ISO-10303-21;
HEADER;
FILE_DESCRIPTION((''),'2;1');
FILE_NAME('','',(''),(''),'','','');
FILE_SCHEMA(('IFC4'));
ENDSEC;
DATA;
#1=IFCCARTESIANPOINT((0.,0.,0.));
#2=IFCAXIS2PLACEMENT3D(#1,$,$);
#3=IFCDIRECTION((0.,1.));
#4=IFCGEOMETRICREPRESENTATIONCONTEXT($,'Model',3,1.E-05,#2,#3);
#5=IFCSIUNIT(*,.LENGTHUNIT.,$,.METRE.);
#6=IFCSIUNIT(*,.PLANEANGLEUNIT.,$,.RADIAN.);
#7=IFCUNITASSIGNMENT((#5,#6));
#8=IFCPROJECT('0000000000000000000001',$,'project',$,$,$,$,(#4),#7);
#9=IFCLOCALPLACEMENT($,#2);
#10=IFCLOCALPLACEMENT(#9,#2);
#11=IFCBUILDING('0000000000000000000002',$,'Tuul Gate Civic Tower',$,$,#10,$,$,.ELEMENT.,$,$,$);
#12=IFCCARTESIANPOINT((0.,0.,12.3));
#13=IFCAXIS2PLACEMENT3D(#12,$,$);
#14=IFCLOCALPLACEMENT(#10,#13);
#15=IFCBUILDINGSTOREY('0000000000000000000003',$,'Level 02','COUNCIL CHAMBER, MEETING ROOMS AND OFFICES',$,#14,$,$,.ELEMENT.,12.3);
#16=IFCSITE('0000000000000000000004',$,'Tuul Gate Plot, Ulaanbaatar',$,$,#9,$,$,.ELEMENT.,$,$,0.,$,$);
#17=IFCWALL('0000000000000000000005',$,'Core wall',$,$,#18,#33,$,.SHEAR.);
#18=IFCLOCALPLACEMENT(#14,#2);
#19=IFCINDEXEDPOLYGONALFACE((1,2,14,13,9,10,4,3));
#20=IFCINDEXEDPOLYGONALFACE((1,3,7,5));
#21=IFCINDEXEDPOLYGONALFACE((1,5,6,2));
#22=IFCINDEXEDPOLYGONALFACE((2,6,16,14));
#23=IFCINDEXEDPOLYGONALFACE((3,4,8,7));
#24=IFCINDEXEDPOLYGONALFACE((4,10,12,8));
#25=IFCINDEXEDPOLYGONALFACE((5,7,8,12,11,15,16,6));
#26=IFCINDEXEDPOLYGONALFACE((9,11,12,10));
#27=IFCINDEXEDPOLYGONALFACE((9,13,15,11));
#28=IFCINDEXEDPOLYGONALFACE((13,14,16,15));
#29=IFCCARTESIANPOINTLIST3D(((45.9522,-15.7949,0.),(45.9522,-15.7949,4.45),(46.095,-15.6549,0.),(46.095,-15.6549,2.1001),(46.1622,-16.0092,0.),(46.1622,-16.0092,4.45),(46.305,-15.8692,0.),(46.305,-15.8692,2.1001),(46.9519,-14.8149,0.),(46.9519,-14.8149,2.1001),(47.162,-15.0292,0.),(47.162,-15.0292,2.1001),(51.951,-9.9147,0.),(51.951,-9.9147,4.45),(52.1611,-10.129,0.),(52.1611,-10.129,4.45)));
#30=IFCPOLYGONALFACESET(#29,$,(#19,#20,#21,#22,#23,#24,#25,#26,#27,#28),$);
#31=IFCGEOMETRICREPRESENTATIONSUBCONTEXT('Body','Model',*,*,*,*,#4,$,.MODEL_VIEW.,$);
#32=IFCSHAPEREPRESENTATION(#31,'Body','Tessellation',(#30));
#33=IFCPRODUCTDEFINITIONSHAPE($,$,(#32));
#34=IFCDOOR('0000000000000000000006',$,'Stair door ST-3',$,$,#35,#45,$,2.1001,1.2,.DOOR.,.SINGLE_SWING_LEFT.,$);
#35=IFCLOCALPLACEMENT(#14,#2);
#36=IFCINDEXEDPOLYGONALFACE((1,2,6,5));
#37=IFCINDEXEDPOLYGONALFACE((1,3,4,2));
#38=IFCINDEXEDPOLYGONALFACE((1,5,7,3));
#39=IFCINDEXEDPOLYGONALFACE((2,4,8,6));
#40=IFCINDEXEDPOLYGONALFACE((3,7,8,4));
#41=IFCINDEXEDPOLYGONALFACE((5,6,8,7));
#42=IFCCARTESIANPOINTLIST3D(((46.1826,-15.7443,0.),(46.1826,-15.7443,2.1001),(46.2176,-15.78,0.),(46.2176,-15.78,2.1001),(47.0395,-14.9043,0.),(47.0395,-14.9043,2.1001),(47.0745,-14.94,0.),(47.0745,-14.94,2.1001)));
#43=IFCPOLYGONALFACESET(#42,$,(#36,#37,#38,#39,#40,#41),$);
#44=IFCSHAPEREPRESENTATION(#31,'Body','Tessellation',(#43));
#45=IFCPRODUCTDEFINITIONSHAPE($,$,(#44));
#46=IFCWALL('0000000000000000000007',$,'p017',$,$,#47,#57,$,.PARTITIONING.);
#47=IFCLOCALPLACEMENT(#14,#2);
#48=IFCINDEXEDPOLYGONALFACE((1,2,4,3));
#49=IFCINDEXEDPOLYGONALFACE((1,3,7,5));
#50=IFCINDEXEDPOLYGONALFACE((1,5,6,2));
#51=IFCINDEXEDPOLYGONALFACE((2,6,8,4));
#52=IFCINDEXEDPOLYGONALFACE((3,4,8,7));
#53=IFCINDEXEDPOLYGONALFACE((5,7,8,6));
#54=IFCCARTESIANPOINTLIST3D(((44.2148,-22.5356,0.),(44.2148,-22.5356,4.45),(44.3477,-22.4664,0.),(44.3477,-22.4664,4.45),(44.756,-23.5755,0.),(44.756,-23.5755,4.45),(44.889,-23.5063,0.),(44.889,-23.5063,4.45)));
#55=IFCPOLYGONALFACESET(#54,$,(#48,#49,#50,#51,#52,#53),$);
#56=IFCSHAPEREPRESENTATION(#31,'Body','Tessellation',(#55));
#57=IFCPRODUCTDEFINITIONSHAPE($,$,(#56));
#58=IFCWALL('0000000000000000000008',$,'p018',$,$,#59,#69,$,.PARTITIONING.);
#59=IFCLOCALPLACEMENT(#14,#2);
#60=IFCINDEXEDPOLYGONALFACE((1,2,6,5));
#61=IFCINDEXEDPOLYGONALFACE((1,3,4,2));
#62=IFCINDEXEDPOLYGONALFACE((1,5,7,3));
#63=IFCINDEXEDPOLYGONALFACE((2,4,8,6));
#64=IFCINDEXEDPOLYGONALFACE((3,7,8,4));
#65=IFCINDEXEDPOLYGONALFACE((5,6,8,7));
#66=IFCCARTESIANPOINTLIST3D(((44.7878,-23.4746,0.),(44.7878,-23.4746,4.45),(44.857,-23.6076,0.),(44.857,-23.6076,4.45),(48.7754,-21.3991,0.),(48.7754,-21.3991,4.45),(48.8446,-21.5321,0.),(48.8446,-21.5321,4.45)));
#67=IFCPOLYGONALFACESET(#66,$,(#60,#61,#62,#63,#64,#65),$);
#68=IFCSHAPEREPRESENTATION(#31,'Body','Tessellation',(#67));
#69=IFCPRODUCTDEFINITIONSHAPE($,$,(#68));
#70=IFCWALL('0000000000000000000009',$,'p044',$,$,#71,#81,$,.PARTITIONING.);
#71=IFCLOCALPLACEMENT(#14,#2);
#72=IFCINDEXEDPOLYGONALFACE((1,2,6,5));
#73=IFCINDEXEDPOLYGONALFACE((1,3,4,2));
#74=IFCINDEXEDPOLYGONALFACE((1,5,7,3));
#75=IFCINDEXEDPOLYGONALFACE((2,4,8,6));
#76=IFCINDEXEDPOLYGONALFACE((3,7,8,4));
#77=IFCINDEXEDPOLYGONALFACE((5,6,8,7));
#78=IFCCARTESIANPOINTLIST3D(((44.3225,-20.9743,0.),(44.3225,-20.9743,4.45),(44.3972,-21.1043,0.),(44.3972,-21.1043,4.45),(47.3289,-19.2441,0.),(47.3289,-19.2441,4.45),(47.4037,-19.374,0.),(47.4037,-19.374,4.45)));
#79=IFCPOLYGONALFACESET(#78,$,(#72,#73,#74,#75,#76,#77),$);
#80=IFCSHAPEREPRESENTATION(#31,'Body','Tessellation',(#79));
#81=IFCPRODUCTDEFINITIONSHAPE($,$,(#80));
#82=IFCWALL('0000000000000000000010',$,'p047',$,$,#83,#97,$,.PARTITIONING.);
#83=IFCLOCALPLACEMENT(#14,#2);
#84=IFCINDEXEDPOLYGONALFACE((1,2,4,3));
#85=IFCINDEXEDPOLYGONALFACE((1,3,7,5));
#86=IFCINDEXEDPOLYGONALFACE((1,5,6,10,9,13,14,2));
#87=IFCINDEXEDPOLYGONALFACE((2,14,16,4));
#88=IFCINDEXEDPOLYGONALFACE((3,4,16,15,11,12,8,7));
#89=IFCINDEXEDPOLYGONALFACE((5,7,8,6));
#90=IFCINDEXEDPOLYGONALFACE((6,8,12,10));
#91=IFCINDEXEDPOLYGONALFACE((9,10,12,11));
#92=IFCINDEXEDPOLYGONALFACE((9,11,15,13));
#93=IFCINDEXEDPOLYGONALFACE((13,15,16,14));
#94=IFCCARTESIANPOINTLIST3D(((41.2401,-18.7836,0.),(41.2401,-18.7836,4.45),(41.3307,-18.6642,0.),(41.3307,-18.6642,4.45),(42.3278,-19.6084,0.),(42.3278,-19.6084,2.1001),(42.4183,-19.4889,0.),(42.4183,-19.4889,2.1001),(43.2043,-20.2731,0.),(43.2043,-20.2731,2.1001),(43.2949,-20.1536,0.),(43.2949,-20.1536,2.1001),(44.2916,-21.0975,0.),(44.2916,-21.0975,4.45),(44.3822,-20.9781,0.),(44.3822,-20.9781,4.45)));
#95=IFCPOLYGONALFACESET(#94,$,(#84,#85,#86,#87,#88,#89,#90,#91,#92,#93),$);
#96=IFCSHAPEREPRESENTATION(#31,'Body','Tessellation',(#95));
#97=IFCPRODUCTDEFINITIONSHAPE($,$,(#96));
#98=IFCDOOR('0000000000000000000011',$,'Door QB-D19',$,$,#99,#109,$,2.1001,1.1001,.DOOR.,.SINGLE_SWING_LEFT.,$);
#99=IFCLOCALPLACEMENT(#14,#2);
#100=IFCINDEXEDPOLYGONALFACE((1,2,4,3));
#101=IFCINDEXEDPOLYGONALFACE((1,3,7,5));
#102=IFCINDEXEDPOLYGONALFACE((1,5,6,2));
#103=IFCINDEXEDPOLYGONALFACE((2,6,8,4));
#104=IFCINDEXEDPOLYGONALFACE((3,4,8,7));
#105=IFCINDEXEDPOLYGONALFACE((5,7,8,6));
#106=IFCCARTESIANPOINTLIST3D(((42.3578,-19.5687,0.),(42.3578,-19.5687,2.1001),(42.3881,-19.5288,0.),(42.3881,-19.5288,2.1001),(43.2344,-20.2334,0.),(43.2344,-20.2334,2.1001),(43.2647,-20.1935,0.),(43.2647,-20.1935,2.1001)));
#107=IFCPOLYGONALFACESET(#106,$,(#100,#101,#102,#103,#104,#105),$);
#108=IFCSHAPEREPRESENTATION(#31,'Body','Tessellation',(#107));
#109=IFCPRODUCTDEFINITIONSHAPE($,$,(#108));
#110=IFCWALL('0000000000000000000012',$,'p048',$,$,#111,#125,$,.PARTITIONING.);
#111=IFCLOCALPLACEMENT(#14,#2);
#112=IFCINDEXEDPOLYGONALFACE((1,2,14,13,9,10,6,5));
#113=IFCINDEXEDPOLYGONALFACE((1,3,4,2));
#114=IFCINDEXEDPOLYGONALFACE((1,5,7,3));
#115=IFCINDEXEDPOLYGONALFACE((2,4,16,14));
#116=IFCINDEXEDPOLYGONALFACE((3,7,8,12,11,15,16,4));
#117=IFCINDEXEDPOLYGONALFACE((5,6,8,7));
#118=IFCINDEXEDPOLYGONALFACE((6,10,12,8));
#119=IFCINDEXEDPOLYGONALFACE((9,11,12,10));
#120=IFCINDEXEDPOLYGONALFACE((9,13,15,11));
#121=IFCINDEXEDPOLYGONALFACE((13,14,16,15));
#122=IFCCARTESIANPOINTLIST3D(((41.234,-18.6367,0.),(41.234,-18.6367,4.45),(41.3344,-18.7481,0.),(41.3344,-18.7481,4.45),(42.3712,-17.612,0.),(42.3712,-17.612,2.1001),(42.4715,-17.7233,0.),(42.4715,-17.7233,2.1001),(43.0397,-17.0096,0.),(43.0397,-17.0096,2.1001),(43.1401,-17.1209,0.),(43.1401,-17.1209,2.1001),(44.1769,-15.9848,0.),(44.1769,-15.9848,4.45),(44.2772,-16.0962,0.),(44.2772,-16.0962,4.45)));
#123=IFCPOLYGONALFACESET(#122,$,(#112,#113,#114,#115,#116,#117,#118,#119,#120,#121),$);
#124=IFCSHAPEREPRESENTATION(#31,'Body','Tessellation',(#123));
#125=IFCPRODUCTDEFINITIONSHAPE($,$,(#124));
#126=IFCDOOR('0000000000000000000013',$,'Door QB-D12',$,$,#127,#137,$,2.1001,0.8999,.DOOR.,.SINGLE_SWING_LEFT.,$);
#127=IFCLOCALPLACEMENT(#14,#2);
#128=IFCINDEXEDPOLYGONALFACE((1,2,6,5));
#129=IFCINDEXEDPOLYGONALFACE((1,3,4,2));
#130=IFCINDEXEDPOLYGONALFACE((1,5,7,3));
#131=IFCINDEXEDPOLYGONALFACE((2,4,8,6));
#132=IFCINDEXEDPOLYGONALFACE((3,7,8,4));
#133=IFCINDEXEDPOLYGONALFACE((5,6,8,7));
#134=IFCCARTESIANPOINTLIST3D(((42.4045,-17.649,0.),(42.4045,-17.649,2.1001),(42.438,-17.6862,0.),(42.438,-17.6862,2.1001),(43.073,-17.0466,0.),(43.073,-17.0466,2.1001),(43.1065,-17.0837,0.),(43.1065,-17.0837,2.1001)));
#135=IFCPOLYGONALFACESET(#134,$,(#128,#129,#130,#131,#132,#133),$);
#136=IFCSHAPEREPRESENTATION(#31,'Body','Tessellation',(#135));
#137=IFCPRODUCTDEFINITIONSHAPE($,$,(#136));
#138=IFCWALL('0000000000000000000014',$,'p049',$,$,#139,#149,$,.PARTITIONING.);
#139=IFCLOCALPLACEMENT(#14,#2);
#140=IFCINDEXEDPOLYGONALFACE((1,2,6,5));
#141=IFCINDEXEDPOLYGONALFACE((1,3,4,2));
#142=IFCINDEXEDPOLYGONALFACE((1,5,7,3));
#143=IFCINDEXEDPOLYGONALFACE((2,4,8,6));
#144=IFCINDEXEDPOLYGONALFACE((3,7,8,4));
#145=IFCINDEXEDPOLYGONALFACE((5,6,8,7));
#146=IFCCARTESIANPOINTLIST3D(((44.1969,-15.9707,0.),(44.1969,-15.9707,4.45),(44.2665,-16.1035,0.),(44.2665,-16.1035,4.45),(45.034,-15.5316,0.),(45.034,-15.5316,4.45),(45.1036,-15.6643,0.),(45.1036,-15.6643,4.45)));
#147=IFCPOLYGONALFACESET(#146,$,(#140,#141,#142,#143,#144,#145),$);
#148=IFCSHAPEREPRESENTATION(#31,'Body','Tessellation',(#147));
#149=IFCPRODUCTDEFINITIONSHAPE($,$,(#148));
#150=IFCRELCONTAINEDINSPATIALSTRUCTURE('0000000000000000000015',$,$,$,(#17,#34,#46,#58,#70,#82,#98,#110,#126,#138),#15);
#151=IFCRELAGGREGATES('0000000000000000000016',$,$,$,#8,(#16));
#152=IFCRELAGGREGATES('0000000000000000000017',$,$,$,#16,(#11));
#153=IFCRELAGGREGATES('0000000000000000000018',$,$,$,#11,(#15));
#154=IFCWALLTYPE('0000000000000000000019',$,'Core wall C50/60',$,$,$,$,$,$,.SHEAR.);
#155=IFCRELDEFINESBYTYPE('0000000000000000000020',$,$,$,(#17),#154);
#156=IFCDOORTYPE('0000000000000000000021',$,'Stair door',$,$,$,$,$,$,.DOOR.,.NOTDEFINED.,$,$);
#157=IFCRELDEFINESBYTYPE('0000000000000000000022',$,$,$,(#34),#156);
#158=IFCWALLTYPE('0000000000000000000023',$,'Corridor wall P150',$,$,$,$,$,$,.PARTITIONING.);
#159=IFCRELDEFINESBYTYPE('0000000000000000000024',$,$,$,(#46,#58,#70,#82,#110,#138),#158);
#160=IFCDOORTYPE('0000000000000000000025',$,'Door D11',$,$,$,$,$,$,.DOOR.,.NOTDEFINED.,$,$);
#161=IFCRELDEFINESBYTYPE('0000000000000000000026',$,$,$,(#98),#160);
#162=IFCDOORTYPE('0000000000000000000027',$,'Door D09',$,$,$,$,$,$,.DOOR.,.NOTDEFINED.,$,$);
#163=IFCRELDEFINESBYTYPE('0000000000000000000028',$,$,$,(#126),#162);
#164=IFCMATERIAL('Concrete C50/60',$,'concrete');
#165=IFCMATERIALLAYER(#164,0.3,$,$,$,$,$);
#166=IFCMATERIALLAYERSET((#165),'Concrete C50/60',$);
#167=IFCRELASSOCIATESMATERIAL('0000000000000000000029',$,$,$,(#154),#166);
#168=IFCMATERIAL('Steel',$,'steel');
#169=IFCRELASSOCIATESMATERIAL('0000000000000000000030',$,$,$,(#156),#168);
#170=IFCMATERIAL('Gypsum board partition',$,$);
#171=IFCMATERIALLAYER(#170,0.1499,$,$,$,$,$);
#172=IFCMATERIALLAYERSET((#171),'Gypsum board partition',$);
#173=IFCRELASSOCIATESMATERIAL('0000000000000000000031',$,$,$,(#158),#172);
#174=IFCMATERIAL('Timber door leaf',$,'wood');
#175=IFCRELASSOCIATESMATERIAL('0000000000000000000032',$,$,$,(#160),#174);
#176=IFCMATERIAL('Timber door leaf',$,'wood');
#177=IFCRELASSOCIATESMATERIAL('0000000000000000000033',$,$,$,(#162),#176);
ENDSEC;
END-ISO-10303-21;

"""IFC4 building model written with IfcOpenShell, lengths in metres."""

from ifc_helpers import new_model, si_unit, direction, frame, frame_2d, origin, place, context, subcontext, project, spatial, rectangle, extrude, material, layer, layer_set, type_object, element, fill, save


model = new_model("IFC4")

# Units and contexts
model_context = context("Model", 3, precision=1e-05, world=origin(), true_north=direction((0.0, 1.0)))
body_context = subcontext(model_context, "Body", "Model", "MODEL_VIEW")
ifc_project = project(units=[si_unit("LENGTHUNIT", "METRE"), si_unit("PLANEANGLEUNIT", "RADIAN")], contexts=[model_context])

# Site, building, storey
site_placement = place(None, origin())
site = spatial("IfcSite", under=ifc_project, at=site_placement, Name="Tuul Gate Plot, Ulaanbaatar", CompositionType="ELEMENT", RefElevation=0.0)
building_placement = place(site_placement, origin())
building = spatial("IfcBuilding", under=site, at=building_placement, Name="Tuul Gate Civic Tower", CompositionType="ELEMENT")
storey_placement = place(building_placement, frame((0.0, 0.0, 12.3)))
storey = spatial("IfcBuildingStorey", under=building, at=storey_placement, Name="Level 02", Description="COUNCIL CHAMBER, MEETING ROOMS AND OFFICES", CompositionType="ELEMENT", Elevation=12.3)

# Wall, opening, door
ifc_material_1 = material(Name="Concrete C50/60", Category="concrete")
ifc_layer_1 = layer(ifc_material_1, 0.3)
ifc_layer_set_1 = layer_set([ifc_layer_1], Name="Concrete C50/60")
wall_type_1 = type_object("IfcWallType", Name="Core wall C50/60", PredefinedType="SHEAR", material=ifc_layer_set_1)
wall_1_placement = place(storey_placement, frame((46.0571, -15.9021, 0.0), z_axis=(0.0, 0.0, 1.0), x_axis=(0.714134, 0.700009, 0.0)))
wall_1 = element("IfcWall", 1, at=wall_1_placement, inside=storey, type_object=wall_type_1, Name="Core wall", PredefinedType="SHEAR", context=body_context, shape_type="SweptSolid", body=[
    extrude(rectangle(XDim=8.4001, YDim=0.3, at=frame_2d((4.2002, 0.0))), origin(), (0.0, 0.0, 1.0), 4.45),
])
opening_1_placement = place(wall_1_placement, frame((0.2, 0.0, 0.0)))
opening_1 = element("IfcOpeningElement", 2, at=opening_1_placement, cuts=wall_1, PredefinedType="OPENING", context=body_context, shape_type="SweptSolid", body=[
    extrude(rectangle(XDim=1.2, YDim=2.1001, at=frame_2d((0.6001, 1.05))), frame((0.0, 0.1602, 0.0), z_axis=(0.0, -1.0, 0.0), x_axis=(1.0, 0.0, 0.0)), (0.0, 0.0, 1.0), 0.3201),
])
ifc_material_2 = material(Name="Steel", Category="steel")
door_type_1 = type_object("IfcDoorType", Name="Stair door", OperationType="NOTDEFINED", PredefinedType="DOOR", material=ifc_material_2)
door_1_placement = place(opening_1_placement, origin())
door_1 = element("IfcDoor", 3, at=door_1_placement, inside=storey, type_object=door_type_1, Name="Stair door ST-3", OperationType="SINGLE_SWING_LEFT", OverallHeight=2.1001, OverallWidth=1.2, PredefinedType="DOOR", context=body_context, shape_type="SweptSolid", body=[
    extrude(rectangle(XDim=1.2, YDim=2.1001, at=frame_2d((0.6001, 1.05))), frame((0.0, 0.0249, 0.0), z_axis=(0.0, -1.0, 0.0), x_axis=(1.0, 0.0, 0.0)), (0.0, 0.0, 1.0), 0.05),
])
fill(opening_1, door_1)

# Walls
ifc_material_3 = material(Name="Gypsum board partition")
ifc_layer_2 = layer(ifc_material_3, 0.1499)
ifc_layer_set_2 = layer_set([ifc_layer_2], Name="Gypsum board partition")
wall_type_2 = type_object("IfcWallType", Name="Corridor wall P150", PredefinedType="PARTITIONING", material=ifc_layer_set_2)
wall_2_placement = place(storey_placement, frame((44.2812, -22.501, 0.0), z_axis=(0.0, 0.0, 1.0), x_axis=(0.461648, -0.887063, 0.0)))
element("IfcWall", 4, at=wall_2_placement, inside=storey, type_object=wall_type_2, Name="p017", PredefinedType="PARTITIONING", context=body_context, shape_type="SweptSolid", body=[
    extrude(rectangle(XDim=1.1724, YDim=0.1499, at=frame_2d((0.5862, 0.0))), origin(), (0.0, 0.0, 1.0), 4.45),
])
wall_3_placement = place(storey_placement, frame((44.8225, -23.541, 0.0), z_axis=(0.0, 0.0, 1.0), x_axis=(0.887042, 0.461688, 0.0)))
element("IfcWall", 5, at=wall_3_placement, inside=storey, type_object=wall_type_2, Name="p018", PredefinedType="PARTITIONING", context=body_context, shape_type="SweptSolid", body=[
    extrude(rectangle(XDim=4.4954, YDim=0.1499, at=frame_2d((2.2476, 0.0))), origin(), (0.0, 0.0, 1.0), 4.45),
])
wall_4_placement = place(storey_placement, frame((44.3599, -21.0393, 0.0), z_axis=(0.0, 0.0, 1.0), x_axis=(0.86671, 0.498812, 0.0)))
element("IfcWall", 6, at=wall_4_placement, inside=storey, type_object=wall_type_2, Name="p044", PredefinedType="PARTITIONING", context=body_context, shape_type="SweptSolid", body=[
    extrude(rectangle(XDim=3.4688, YDim=0.1499, at=frame_2d((1.7344, 0.0))), origin(), (0.0, 0.0, 1.0), 4.45),
])

# Walls, openings, doors
wall_5_placement = place(storey_placement, frame((41.2854, -18.7239, 0.0), z_axis=(0.0, 0.0, 1.0), x_axis=(0.796814, -0.604225, 0.0)))
wall_5 = element("IfcWall", 7, at=wall_5_placement, inside=storey, type_object=wall_type_2, Name="p047", PredefinedType="PARTITIONING", context=body_context, shape_type="SweptSolid", body=[
    extrude(rectangle(XDim=3.8296, YDim=0.1499, at=frame_2d((1.9148, 0.0))), origin(), (0.0, 0.0, 1.0), 4.45),
])
opening_2_placement = place(wall_5_placement, frame((1.365, 0.0, 0.0)))
opening_2 = element("IfcOpeningElement", 8, at=opening_2_placement, cuts=wall_5, PredefinedType="OPENING", context=body_context, shape_type="SweptSolid", body=[
    extrude(rectangle(XDim=1.1001, YDim=2.1001, at=frame_2d((0.55, 1.05))), frame((0.0, 0.085, 0.0), z_axis=(0.0, -1.0, 0.0), x_axis=(1.0, 0.0, 0.0)), (0.0, 0.0, 1.0), 0.1699),
])
ifc_material_4 = material(Name="Timber door leaf", Category="wood")
door_type_2 = type_object("IfcDoorType", Name="Door D11", OperationType="NOTDEFINED", PredefinedType="DOOR", material=ifc_material_4)
door_2_placement = place(opening_2_placement, origin())
door_2 = element("IfcDoor", 9, at=door_2_placement, inside=storey, type_object=door_type_2, Name="Door QB-D19", OperationType="SINGLE_SWING_LEFT", OverallHeight=2.1001, OverallWidth=1.1001, PredefinedType="DOOR", context=body_context, shape_type="SweptSolid", body=[
    extrude(rectangle(XDim=1.1001, YDim=2.1001, at=frame_2d((0.55, 1.05))), frame((0.0, 0.0249, 0.0), z_axis=(0.0, -1.0, 0.0), x_axis=(1.0, 0.0, 0.0)), (0.0, 0.0, 1.0), 0.05),
])
fill(opening_2, door_2)
wall_6_placement = place(storey_placement, frame((41.2842, -18.6924, 0.0), z_axis=(0.0, 0.0, 1.0), x_axis=(0.742883, 0.669421, 0.0)))
wall_6 = element("IfcWall", 10, at=wall_6_placement, inside=storey, type_object=wall_type_2, Name="p048", PredefinedType="PARTITIONING", context=body_context, shape_type="SweptSolid", body=[
    extrude(rectangle(XDim=3.9614, YDim=0.1499, at=frame_2d((1.9807, 0.0))), origin(), (0.0, 0.0, 1.0), 4.45),
])
opening_3_placement = place(wall_6_placement, frame((1.5308, 0.0, 0.0)))
opening_3 = element("IfcOpeningElement", 11, at=opening_3_placement, cuts=wall_6, PredefinedType="OPENING", context=body_context, shape_type="SweptSolid", body=[
    extrude(rectangle(XDim=0.8999, YDim=2.1001, at=frame_2d((0.45, 1.05))), frame((0.0, 0.085, 0.0), z_axis=(0.0, -1.0, 0.0), x_axis=(1.0, 0.0, 0.0)), (0.0, 0.0, 1.0), 0.1699),
])
ifc_material_5 = material(Name="Timber door leaf", Category="wood")
door_type_3 = type_object("IfcDoorType", Name="Door D09", OperationType="NOTDEFINED", PredefinedType="DOOR", material=ifc_material_5)
door_3_placement = place(opening_3_placement, frame((0.8999, 0.0, 0.0), z_axis=(0.0, 0.0, 1.0), x_axis=(-1.0, 0.0, 0.0)))
door_3 = element("IfcDoor", 12, at=door_3_placement, inside=storey, type_object=door_type_3, Name="Door QB-D12", OperationType="SINGLE_SWING_LEFT", OverallHeight=2.1001, OverallWidth=0.8999, PredefinedType="DOOR", context=body_context, shape_type="SweptSolid", body=[
    extrude(rectangle(XDim=0.8999, YDim=2.1001, at=frame_2d((0.45, 1.05))), frame((0.0, 0.0249, 0.0), z_axis=(0.0, -1.0, 0.0), x_axis=(1.0, 0.0, 0.0)), (0.0, 0.0, 1.0), 0.05),
])
fill(opening_3, door_3)

# Wall
wall_7_placement = place(storey_placement, frame((44.2317, -16.0371, 0.0), z_axis=(0.0, 0.0, 1.0), x_axis=(0.885528, 0.464586, 0.0)))
element("IfcWall", 13, at=wall_7_placement, inside=storey, type_object=wall_type_2, Name="p049", PredefinedType="PARTITIONING", context=body_context, shape_type="SweptSolid", body=[
    extrude(rectangle(XDim=0.9453, YDim=0.1499, at=frame_2d((0.4727, 0.0))), origin(), (0.0, 0.0, 1.0), 4.45),
])

save(model, "model.ifc")
